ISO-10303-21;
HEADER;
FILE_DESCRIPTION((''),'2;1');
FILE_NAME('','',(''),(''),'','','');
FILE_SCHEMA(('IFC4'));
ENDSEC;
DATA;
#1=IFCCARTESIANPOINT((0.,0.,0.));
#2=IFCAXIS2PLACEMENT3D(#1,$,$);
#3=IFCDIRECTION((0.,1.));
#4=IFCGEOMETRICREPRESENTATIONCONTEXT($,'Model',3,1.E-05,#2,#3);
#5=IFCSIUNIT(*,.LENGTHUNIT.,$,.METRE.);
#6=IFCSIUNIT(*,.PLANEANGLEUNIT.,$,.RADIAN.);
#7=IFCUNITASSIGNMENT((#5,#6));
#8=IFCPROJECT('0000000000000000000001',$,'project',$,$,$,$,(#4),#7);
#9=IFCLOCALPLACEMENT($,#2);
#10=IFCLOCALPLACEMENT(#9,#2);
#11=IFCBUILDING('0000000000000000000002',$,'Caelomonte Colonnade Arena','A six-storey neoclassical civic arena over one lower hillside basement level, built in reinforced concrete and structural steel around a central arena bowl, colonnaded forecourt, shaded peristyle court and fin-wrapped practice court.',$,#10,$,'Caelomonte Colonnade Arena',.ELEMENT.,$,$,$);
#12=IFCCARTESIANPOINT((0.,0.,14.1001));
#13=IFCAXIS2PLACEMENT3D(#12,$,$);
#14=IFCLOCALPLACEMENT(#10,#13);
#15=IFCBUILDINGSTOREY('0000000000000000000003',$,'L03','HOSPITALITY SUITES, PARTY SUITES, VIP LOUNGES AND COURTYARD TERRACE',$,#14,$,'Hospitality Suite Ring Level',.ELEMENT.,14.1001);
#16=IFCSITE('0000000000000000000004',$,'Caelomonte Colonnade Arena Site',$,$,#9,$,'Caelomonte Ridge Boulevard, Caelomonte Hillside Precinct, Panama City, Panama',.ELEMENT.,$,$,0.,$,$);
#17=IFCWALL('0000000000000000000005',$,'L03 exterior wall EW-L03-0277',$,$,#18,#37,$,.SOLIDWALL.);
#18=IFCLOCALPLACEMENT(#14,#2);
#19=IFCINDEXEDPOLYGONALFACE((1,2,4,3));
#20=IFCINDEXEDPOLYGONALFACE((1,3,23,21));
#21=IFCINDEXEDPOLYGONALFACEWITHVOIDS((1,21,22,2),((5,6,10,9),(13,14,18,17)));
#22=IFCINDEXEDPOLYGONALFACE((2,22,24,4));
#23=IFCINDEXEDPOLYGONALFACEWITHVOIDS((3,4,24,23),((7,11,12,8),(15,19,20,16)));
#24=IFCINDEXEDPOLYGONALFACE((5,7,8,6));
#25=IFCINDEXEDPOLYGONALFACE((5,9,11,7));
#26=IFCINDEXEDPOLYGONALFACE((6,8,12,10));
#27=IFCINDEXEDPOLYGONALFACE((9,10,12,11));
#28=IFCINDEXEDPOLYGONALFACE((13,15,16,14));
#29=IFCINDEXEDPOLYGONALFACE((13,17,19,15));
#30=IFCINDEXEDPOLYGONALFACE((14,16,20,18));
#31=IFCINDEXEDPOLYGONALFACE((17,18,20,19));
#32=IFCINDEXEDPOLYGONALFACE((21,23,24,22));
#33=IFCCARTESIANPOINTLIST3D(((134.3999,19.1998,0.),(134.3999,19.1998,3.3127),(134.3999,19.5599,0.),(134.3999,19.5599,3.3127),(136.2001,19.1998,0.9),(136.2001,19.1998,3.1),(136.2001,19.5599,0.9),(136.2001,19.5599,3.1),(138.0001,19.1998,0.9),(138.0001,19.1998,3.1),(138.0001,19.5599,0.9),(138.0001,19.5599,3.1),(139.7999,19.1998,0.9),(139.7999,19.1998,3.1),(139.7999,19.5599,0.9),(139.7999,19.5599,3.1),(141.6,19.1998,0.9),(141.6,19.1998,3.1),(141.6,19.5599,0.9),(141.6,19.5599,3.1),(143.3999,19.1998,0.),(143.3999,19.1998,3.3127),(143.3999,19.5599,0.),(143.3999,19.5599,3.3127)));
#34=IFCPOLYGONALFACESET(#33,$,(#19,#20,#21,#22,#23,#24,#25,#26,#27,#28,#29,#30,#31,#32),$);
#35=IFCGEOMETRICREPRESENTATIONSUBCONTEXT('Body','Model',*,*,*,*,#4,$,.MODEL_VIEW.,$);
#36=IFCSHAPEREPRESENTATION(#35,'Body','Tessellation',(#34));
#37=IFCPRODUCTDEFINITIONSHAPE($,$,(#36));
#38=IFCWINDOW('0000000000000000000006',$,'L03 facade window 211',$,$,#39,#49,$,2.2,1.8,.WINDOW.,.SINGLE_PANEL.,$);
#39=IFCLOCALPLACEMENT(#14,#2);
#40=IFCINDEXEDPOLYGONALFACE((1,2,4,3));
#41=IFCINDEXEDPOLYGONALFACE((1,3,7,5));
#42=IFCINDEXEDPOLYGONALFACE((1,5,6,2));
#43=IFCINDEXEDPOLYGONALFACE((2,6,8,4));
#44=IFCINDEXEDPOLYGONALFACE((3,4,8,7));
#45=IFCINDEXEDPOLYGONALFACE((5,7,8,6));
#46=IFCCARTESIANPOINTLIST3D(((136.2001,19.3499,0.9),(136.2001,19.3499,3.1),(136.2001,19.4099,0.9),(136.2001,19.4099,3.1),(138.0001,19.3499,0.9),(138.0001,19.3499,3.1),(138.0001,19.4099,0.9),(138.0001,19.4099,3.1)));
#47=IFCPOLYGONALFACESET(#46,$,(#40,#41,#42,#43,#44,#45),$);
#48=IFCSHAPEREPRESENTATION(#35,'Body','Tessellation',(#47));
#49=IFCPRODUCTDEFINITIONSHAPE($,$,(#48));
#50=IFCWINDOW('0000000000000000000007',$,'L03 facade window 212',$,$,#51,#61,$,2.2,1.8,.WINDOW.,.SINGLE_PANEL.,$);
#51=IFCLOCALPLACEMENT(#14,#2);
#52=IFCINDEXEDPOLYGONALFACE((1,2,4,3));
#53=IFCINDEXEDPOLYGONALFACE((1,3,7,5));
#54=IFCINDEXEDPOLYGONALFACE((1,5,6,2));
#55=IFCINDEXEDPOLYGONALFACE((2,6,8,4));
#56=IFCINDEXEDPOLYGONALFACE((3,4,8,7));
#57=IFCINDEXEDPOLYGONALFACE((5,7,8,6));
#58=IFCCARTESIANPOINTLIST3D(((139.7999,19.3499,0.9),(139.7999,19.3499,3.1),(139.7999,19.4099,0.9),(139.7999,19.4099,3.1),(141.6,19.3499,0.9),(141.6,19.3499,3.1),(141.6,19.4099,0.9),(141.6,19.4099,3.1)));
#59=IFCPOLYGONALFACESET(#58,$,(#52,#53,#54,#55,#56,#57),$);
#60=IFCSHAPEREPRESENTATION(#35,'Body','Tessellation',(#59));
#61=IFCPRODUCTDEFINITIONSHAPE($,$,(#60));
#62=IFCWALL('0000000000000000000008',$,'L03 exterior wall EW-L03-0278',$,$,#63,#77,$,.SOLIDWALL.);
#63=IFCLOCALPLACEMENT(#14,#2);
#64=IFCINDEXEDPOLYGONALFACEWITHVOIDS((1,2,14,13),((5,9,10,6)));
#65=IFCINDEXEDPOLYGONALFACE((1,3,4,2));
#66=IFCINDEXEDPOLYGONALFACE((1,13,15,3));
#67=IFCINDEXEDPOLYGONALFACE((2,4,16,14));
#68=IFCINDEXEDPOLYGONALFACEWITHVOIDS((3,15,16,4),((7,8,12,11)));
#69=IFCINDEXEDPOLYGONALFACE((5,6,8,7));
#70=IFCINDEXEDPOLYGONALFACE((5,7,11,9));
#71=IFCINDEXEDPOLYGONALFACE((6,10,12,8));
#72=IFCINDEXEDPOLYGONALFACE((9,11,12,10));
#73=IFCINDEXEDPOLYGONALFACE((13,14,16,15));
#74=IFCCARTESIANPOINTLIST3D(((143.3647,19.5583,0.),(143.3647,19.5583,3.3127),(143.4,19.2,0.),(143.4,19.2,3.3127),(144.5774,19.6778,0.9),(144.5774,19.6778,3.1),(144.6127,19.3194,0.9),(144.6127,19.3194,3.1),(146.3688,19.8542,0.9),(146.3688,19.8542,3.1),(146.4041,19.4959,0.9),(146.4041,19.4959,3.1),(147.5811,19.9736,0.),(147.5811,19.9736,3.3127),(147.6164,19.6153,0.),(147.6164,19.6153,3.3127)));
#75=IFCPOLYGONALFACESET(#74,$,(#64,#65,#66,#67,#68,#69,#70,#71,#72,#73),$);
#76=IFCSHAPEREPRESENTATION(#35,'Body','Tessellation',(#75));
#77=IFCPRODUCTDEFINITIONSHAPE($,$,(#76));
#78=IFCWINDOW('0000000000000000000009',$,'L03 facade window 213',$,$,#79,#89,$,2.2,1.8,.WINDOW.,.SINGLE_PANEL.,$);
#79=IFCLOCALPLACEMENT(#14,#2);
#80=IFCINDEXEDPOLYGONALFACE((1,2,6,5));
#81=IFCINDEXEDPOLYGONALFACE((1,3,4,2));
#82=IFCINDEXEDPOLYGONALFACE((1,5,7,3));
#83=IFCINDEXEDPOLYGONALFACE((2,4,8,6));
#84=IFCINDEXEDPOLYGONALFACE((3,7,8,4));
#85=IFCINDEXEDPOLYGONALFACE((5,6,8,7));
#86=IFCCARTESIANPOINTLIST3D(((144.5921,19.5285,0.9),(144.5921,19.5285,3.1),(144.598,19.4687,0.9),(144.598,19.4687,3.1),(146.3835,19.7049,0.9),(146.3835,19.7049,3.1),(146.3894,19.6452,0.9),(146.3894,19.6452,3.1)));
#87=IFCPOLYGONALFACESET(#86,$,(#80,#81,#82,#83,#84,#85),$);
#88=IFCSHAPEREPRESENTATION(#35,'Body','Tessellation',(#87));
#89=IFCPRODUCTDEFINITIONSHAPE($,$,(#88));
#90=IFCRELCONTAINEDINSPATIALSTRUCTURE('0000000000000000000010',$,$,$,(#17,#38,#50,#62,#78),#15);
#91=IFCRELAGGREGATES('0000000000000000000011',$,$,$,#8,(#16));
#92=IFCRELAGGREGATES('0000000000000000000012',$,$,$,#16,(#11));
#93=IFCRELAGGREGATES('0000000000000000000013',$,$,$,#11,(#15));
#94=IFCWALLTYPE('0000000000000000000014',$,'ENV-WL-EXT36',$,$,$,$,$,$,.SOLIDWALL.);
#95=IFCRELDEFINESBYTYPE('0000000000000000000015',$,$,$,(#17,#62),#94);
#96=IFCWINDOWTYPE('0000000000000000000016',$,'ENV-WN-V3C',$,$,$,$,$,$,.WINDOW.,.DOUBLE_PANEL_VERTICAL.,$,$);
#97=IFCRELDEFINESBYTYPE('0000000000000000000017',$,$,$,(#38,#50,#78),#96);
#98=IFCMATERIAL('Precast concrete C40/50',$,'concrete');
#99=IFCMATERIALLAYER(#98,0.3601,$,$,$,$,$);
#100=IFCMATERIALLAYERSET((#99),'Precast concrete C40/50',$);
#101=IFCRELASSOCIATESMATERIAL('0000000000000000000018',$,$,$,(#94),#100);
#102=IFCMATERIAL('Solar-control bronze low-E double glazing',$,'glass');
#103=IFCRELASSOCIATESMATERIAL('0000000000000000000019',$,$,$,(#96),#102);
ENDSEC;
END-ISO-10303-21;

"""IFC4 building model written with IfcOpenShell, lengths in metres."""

from ifc_helpers import new_model, si_unit, direction, frame, frame_2d, origin, place, context, subcontext, project, spatial, rectangle, extrude, material, layer, layer_set, type_object, element, fill, save


model = new_model("IFC4")

# Units and contexts
model_context = context("Model", 3, precision=1e-05, world=origin(), true_north=direction((0.0, 1.0)))
body_context = subcontext(model_context, "Body", "Model", "MODEL_VIEW")
ifc_project = project(units=[si_unit("LENGTHUNIT", "METRE"), si_unit("PLANEANGLEUNIT", "RADIAN")], contexts=[model_context])

# Site, building, storey
site_placement = place(None, origin())
site = spatial("IfcSite", under=ifc_project, at=site_placement, Name="Caelomonte Colonnade Arena Site", LongName="Caelomonte Ridge Boulevard, Caelomonte Hillside Precinct, Panama City, Panama", CompositionType="ELEMENT", RefElevation=0.0)
building_placement = place(site_placement, origin())
building = spatial("IfcBuilding", under=site, at=building_placement, Name="Caelomonte Colonnade Arena", Description="A six-storey neoclassical civic arena over one lower hillside basement level, built in reinforced concrete and structural steel around a central arena bowl, colonnaded forecourt, shaded peristyle court and fin-wrapped practice court.", LongName="Caelomonte Colonnade Arena", CompositionType="ELEMENT")
storey_placement = place(building_placement, frame((0.0, 0.0, 14.1001)))
storey = spatial("IfcBuildingStorey", under=building, at=storey_placement, Name="L03", Description="HOSPITALITY SUITES, PARTY SUITES, VIP LOUNGES AND COURTYARD TERRACE", LongName="Hospitality Suite Ring Level", CompositionType="ELEMENT", Elevation=14.1001)

# Wall, openings, windows
ifc_material_1 = material(Name="Precast concrete C40/50", Category="concrete")
ifc_layer_1 = layer(ifc_material_1, 0.3601)
ifc_layer_set_1 = layer_set([ifc_layer_1], Name="Precast concrete C40/50")
wall_type = type_object("IfcWallType", Name="ENV-WL-EXT36", PredefinedType="SOLIDWALL", material=ifc_layer_set_1)
wall_1_placement = place(storey_placement, frame((134.3999, 19.3799, 0.0), z_axis=(0.0, 0.0, 1.0), x_axis=(1.0, 0.0, 0.0)))
wall_1 = element("IfcWall", 1, at=wall_1_placement, inside=storey, type_object=wall_type, Name="L03 exterior wall EW-L03-0277", PredefinedType="SOLIDWALL", context=body_context, shape_type="SweptSolid", body=[
    extrude(rectangle(XDim=9.0, YDim=0.3601, at=frame_2d((4.5, 0.0))), origin(), (0.0, 0.0, 1.0), 3.3127),
])
opening_1_placement = place(wall_1_placement, frame((3.6001, 0.0, 0.8999), z_axis=(0.0, 0.0, 1.0), x_axis=(-1.0, 0.0, 0.0)))
opening_1 = element("IfcOpeningElement", 2, at=opening_1_placement, cuts=wall_1, PredefinedType="OPENING", context=body_context, shape_type="SweptSolid", body=[
    extrude(rectangle(XDim=1.8, YDim=2.2, at=frame_2d((0.8999, 1.1001))), frame((0.0, 0.1899, 0.0), z_axis=(0.0, -1.0, 0.0), x_axis=(1.0, 0.0, 0.0)), (0.0, 0.0, 1.0), 0.3801),
])
opening_2_placement = place(wall_1_placement, frame((7.2, 0.0, 0.8999), z_axis=(0.0, 0.0, 1.0), x_axis=(-1.0, 0.0, 0.0)))
opening_2 = element("IfcOpeningElement", 3, at=opening_2_placement, cuts=wall_1, PredefinedType="OPENING", context=body_context, shape_type="SweptSolid", body=[
    extrude(rectangle(XDim=1.8, YDim=2.2, at=frame_2d((0.8999, 1.1001))), frame((0.0, 0.1899, 0.0), z_axis=(0.0, -1.0, 0.0), x_axis=(1.0, 0.0, 0.0)), (0.0, 0.0, 1.0), 0.3801),
])
ifc_material_2 = material(Name="Solar-control bronze low-E double glazing", Category="glass")
window_type = type_object("IfcWindowType", Name="ENV-WN-V3C", PartitioningType="DOUBLE_PANEL_VERTICAL", PredefinedType="WINDOW", material=ifc_material_2)
window_1_placement = place(opening_1_placement, origin())
window_1 = element("IfcWindow", 4, at=window_1_placement, inside=storey, type_object=window_type, Name="L03 facade window 211", OverallHeight=2.2, OverallWidth=1.8, PartitioningType="SINGLE_PANEL", PredefinedType="WINDOW", context=body_context, shape_type="SweptSolid", body=[
    extrude(rectangle(XDim=1.8, YDim=2.2, at=frame_2d((0.8999, 1.1001))), frame((0.0, 0.03, 0.0), z_axis=(0.0, -1.0, 0.0), x_axis=(1.0, 0.0, 0.0)), (0.0, 0.0, 1.0), 0.0601),
])
fill(opening_1, window_1)
window_2_placement = place(opening_2_placement, origin())
window_2 = element("IfcWindow", 5, at=window_2_placement, inside=storey, type_object=window_type, Name="L03 facade window 212", OverallHeight=2.2, OverallWidth=1.8, PartitioningType="SINGLE_PANEL", PredefinedType="WINDOW", context=body_context, shape_type="SweptSolid", body=[
    extrude(rectangle(XDim=1.8, YDim=2.2, at=frame_2d((0.8999, 1.1001))), frame((0.0, 0.03, 0.0), z_axis=(0.0, -1.0, 0.0), x_axis=(1.0, 0.0, 0.0)), (0.0, 0.0, 1.0), 0.0601),
])
fill(opening_2, window_2)

# Wall, opening, window
wall_2_placement = place(storey_placement, frame((143.3823, 19.3792, 0.0), z_axis=(0.0, 0.0, 1.0), x_axis=(0.995184, 0.09802, 0.0)))
wall_2 = element("IfcWall", 6, at=wall_2_placement, inside=storey, type_object=wall_type, Name="L03 exterior wall EW-L03-0278", PredefinedType="SOLIDWALL", context=body_context, shape_type="SweptSolid", body=[
    extrude(rectangle(XDim=4.2368, YDim=0.3601, at=frame_2d((2.1184, 0.0))), origin(), (0.0, 0.0, 1.0), 3.3127),
])
opening_3_placement = place(wall_2_placement, frame((3.0186, 0.0, 0.8999), z_axis=(0.0, 0.0, 1.0), x_axis=(-1.0, 0.0, 0.0)))
opening_3 = element("IfcOpeningElement", 7, at=opening_3_placement, cuts=wall_2, PredefinedType="OPENING", context=body_context, shape_type="SweptSolid", body=[
    extrude(rectangle(XDim=1.8, YDim=2.2, at=frame_2d((0.8999, 1.1001))), frame((0.0, 0.1899, 0.0), z_axis=(0.0, -1.0, 0.0), x_axis=(1.0, 0.0, 0.0)), (0.0, 0.0, 1.0), 0.3801),
])
window_3_placement = place(opening_3_placement, origin())
window_3 = element("IfcWindow", 8, at=window_3_placement, inside=storey, type_object=window_type, Name="L03 facade window 213", OverallHeight=2.2, OverallWidth=1.8, PartitioningType="SINGLE_PANEL", PredefinedType="WINDOW", context=body_context, shape_type="SweptSolid", body=[
    extrude(rectangle(XDim=1.8, YDim=2.2, at=frame_2d((0.8999, 1.1001))), frame((0.0, 0.03, 0.0), z_axis=(0.0, -1.0, 0.0), x_axis=(1.0, 0.0, 0.0)), (0.0, 0.0, 1.0), 0.0601),
])
fill(opening_3, window_3)

save(model, "model.ifc")
